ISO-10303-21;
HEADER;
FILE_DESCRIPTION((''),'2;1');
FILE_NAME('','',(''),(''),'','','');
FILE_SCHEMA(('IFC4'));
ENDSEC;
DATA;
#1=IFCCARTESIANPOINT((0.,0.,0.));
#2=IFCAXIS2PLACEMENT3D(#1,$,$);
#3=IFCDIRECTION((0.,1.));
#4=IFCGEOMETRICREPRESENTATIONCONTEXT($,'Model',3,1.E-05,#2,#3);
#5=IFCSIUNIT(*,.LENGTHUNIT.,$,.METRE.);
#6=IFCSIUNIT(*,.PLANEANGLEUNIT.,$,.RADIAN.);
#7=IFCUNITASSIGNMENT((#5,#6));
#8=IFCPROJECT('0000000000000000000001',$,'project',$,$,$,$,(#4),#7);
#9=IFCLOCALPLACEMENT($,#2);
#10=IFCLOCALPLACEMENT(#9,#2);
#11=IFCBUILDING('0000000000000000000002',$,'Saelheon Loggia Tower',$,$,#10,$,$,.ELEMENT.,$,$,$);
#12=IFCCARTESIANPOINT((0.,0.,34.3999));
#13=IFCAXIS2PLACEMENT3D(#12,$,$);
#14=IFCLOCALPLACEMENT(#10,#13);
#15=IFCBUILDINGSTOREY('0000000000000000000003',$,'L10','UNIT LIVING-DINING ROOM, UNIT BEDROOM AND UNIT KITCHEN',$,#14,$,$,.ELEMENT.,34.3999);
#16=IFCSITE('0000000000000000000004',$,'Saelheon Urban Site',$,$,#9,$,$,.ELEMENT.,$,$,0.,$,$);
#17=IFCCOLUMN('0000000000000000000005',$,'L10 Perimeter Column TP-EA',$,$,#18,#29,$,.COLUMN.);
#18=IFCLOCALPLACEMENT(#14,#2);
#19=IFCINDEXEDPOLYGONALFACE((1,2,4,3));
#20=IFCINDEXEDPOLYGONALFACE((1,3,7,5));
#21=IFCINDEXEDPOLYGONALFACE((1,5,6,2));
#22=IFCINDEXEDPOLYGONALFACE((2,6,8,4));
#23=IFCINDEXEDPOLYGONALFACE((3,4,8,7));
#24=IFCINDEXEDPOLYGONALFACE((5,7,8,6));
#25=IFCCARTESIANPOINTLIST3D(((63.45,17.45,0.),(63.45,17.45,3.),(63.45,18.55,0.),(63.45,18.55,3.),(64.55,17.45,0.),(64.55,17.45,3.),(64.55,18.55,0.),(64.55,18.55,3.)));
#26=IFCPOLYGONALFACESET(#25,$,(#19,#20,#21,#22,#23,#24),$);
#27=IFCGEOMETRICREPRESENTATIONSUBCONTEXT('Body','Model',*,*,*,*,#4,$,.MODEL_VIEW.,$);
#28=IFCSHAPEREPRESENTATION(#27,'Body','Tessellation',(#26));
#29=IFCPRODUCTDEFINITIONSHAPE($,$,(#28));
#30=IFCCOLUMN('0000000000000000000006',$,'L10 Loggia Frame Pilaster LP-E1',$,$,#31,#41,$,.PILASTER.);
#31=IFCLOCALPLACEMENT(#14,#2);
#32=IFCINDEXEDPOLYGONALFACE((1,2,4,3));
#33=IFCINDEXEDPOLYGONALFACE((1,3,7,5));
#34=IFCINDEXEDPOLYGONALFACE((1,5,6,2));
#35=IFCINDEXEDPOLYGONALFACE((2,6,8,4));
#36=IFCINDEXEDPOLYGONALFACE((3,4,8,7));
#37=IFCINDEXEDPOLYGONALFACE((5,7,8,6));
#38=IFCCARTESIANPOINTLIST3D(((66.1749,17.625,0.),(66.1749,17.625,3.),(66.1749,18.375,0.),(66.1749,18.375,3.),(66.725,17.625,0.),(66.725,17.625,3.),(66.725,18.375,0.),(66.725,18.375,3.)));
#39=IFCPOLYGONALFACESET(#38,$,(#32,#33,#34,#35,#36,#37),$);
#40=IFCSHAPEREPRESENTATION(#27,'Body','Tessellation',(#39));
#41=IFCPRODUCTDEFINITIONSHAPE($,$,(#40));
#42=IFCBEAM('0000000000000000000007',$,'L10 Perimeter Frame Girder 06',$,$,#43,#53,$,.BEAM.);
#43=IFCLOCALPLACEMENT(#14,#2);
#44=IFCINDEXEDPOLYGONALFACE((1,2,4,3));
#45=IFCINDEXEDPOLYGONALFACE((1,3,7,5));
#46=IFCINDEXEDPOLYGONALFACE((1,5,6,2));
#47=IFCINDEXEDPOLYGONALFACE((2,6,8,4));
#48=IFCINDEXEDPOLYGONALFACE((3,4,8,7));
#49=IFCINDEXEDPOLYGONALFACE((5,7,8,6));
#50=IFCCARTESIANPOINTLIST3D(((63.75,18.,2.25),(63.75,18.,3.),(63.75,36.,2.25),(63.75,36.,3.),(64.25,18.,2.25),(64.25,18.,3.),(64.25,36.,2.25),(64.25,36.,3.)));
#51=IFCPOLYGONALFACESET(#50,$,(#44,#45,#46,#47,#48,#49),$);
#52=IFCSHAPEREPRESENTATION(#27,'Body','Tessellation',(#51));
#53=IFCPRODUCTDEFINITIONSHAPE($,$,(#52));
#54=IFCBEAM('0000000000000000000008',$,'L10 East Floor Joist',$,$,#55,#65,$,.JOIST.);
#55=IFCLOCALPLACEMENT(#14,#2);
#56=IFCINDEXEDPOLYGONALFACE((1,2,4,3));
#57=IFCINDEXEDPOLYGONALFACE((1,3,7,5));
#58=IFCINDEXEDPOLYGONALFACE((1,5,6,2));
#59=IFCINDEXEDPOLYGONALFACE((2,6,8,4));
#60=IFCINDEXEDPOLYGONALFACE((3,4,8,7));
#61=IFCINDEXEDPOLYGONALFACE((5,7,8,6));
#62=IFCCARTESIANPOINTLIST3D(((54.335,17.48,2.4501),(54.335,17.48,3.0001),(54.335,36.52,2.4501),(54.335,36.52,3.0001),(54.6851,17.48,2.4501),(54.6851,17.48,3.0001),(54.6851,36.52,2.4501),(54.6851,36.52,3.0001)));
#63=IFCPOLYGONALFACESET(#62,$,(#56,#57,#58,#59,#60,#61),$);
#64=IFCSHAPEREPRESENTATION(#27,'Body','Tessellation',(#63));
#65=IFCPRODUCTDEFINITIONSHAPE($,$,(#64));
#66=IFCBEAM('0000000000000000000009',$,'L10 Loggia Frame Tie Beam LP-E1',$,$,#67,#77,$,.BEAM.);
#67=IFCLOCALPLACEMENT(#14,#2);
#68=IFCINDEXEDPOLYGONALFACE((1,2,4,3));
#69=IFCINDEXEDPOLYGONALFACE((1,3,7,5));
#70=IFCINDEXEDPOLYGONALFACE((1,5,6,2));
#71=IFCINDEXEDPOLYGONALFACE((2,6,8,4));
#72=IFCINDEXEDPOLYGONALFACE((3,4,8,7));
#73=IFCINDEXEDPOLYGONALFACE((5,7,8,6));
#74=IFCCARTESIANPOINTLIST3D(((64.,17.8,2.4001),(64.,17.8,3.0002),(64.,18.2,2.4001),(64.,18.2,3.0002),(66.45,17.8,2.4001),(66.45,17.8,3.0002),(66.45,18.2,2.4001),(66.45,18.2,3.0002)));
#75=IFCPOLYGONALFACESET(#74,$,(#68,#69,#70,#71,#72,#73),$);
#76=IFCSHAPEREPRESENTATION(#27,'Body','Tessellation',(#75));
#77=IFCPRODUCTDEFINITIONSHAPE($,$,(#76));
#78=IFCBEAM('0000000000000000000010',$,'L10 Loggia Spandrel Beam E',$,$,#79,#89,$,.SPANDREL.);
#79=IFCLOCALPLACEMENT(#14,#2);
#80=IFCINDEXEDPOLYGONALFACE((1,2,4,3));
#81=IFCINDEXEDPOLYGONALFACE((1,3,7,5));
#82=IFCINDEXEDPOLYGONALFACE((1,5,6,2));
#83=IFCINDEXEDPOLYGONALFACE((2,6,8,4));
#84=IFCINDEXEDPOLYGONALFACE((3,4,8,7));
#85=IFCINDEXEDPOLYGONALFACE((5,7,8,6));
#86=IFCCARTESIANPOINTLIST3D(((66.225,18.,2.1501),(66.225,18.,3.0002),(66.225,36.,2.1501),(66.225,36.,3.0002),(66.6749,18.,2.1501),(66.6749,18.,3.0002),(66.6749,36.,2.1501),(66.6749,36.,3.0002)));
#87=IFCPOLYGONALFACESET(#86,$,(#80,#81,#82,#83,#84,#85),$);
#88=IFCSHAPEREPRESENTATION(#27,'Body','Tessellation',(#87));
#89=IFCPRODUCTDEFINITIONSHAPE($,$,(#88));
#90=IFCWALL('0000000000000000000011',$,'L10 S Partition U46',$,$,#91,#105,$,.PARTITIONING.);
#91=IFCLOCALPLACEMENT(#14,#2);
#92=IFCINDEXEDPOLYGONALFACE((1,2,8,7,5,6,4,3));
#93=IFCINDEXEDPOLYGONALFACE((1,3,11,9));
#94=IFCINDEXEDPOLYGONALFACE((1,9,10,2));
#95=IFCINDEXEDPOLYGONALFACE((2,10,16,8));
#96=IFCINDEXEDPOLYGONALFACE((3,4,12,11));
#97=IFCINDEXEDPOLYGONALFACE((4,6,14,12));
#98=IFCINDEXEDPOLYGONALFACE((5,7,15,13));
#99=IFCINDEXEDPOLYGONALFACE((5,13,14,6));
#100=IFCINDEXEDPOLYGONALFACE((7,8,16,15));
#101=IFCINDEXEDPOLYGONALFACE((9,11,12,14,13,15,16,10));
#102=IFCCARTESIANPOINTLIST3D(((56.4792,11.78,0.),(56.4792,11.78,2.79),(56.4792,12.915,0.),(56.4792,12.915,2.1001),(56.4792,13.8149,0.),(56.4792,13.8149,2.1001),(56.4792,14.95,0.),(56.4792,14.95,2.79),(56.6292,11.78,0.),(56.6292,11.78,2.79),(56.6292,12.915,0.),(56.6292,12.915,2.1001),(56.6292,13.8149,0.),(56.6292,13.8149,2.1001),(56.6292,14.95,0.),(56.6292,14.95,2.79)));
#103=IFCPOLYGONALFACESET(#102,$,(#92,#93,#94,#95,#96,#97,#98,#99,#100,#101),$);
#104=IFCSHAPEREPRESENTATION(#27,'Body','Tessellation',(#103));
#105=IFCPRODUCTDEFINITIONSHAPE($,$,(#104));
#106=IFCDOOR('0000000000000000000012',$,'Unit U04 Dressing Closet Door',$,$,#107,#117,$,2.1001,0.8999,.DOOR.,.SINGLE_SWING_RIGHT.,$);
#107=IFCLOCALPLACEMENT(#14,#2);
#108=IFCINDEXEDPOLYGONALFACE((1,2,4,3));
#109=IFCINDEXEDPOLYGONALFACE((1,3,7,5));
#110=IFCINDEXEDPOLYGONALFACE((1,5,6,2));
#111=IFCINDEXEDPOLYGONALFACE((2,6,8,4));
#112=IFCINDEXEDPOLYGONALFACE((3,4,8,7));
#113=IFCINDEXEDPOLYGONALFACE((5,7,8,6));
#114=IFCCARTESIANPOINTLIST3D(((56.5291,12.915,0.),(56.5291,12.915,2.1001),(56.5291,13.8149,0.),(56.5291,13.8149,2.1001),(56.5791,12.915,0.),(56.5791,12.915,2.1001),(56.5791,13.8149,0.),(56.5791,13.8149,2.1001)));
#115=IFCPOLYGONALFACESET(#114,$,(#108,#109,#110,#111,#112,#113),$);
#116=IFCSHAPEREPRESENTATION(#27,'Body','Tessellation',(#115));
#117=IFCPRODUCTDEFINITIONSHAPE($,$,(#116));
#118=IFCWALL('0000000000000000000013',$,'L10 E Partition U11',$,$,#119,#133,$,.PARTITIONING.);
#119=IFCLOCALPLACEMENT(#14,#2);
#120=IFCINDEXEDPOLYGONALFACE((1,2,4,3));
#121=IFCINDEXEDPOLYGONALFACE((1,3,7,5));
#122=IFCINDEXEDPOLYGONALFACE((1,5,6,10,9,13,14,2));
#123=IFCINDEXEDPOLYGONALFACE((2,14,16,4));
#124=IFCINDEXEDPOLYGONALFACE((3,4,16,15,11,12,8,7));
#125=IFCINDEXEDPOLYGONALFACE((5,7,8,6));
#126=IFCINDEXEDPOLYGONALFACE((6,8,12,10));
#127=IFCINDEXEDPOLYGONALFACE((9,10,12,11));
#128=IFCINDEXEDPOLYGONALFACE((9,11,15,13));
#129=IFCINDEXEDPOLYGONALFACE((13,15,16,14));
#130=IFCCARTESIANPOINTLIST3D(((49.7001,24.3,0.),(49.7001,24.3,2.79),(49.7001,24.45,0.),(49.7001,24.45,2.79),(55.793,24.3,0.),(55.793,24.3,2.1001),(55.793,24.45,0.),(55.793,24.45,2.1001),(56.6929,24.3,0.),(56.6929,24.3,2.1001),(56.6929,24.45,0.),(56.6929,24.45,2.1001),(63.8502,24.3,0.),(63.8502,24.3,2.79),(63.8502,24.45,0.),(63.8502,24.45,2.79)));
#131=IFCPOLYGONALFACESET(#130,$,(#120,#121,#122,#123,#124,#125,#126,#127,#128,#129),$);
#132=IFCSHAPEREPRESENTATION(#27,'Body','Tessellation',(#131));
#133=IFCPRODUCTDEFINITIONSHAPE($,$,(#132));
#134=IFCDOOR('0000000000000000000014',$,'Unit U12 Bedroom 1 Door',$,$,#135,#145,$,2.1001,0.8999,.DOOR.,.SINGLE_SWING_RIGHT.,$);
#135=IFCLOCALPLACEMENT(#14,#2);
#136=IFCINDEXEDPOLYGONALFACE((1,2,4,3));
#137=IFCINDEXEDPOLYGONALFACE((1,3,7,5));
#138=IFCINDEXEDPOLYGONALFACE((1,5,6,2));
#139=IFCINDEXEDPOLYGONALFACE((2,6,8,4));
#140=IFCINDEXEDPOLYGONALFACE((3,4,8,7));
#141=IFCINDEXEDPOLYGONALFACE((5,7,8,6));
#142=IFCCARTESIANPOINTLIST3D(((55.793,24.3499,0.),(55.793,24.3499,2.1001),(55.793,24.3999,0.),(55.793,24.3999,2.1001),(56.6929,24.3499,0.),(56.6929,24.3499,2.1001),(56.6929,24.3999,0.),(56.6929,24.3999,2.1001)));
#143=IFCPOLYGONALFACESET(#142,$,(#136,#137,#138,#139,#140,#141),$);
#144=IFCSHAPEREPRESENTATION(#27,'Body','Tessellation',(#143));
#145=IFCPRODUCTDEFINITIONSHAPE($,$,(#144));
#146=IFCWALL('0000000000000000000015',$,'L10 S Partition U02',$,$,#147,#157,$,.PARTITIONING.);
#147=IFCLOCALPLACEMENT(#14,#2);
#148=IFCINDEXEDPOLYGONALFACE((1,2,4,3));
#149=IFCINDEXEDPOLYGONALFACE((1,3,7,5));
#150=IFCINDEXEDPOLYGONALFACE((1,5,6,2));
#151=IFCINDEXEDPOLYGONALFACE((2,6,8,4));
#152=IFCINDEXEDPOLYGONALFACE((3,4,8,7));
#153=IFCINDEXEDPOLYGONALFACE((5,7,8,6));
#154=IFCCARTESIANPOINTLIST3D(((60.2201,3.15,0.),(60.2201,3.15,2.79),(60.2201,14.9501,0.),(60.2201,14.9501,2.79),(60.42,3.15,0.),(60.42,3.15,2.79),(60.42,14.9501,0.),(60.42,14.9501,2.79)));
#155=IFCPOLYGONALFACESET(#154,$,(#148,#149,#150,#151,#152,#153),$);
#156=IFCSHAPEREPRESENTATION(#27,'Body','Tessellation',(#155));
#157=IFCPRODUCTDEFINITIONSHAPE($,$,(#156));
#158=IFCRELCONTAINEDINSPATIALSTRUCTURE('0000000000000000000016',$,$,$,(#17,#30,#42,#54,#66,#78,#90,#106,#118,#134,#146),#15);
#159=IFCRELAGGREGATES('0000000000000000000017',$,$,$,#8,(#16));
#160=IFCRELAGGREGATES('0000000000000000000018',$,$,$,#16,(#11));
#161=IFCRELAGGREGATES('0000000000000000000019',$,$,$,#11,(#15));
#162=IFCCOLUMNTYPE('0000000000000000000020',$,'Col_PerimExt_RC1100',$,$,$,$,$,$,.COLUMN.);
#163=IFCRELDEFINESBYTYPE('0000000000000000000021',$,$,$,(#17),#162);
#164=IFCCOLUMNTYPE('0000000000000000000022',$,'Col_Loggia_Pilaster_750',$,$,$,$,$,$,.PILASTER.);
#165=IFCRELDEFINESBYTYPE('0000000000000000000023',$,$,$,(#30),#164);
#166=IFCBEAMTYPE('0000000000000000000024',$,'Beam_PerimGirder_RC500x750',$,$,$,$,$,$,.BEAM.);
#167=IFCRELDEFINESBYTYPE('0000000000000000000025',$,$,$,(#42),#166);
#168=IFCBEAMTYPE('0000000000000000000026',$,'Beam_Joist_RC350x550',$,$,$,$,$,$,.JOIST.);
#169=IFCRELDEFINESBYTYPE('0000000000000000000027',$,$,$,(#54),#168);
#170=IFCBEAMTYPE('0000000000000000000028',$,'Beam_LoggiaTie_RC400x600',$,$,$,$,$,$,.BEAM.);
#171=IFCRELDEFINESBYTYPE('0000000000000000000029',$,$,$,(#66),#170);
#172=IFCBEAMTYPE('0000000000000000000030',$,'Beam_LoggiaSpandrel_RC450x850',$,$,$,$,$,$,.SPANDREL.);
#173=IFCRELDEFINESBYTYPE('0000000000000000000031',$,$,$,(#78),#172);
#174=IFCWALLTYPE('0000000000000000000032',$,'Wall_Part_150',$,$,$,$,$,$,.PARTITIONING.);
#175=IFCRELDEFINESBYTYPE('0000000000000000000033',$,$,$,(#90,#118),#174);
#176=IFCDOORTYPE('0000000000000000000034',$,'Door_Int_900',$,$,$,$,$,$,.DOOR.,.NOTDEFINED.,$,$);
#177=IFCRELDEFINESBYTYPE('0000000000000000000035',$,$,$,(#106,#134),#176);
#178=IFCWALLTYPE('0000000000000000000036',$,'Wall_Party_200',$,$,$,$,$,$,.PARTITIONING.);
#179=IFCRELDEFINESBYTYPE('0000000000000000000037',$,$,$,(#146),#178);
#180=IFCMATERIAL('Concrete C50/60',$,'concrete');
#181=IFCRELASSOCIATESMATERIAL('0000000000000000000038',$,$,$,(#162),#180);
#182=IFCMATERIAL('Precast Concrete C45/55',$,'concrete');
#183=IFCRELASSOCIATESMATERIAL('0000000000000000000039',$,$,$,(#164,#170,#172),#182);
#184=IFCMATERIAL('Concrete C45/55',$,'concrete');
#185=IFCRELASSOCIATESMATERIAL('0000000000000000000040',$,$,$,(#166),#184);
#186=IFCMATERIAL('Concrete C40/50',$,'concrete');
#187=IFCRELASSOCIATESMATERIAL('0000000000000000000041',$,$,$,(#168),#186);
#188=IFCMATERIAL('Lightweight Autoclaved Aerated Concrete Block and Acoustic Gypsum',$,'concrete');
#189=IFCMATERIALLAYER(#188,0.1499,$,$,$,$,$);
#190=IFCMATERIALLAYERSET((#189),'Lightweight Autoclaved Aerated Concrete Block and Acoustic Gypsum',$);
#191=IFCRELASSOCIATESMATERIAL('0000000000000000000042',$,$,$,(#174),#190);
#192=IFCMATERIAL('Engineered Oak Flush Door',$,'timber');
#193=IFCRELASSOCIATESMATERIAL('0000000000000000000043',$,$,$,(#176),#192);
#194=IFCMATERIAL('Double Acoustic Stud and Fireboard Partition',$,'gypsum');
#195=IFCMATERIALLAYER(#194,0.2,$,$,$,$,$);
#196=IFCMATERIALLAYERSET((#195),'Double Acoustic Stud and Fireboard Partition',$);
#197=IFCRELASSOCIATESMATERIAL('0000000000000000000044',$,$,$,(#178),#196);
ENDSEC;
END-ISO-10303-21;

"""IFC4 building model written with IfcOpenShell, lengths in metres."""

from ifc_helpers import new_model, si_unit, direction, frame, frame_2d, origin, origin_2d, place, context, subcontext, project, spatial, rectangle, extrude, source, transform, mapped, material, layer, layer_set, material_profile, profile_set, type_object, element, fill, save


model = new_model("IFC4")

# Units and contexts
model_context = context("Model", 3, precision=1e-05, world=origin(), true_north=direction((0.0, 1.0)))
body_context = subcontext(model_context, "Body", "Model", "MODEL_VIEW")
ifc_project = project(units=[si_unit("LENGTHUNIT", "METRE"), si_unit("PLANEANGLEUNIT", "RADIAN")], contexts=[model_context])

# Site, building, storey
site_placement = place(None, origin())
site = spatial("IfcSite", under=ifc_project, at=site_placement, Name="Saelheon Urban Site", CompositionType="ELEMENT", RefElevation=0.0)
building_placement = place(site_placement, origin())
building = spatial("IfcBuilding", under=site, at=building_placement, Name="Saelheon Loggia Tower", CompositionType="ELEMENT")
storey_placement = place(building_placement, frame((0.0, 0.0, 34.3999)))
storey = spatial("IfcBuildingStorey", under=building, at=storey_placement, Name="L10", Description="UNIT LIVING-DINING ROOM, UNIT BEDROOM AND UNIT KITCHEN", CompositionType="ELEMENT", Elevation=34.3999)

# Columns
ifc_material_1 = material(Name="Concrete C50/60", Category="concrete")
ifc_material_profile_1 = material_profile(ifc_material_1, rectangle(XDim=1.1001, YDim=1.1001, at=origin_2d()), Name="RC-1100x1100")
ifc_profile_set_1 = profile_set([ifc_material_profile_1], Name="Concrete C50/60")
column_type_1 = type_object("IfcColumnType", Name="Col_PerimExt_RC1100", PredefinedType="COLUMN", material=ifc_profile_set_1)
shared_shape_1 = source(origin(), body_context, "Body", "SweptSolid", [
    extrude(rectangle(XDim=1.1001, YDim=1.1001, at=origin_2d()), origin(), (0.0, 0.0, 1.0), 3.0),
])
column_1_placement = place(storey_placement, frame((64.0, 18.0, 0.0), z_axis=(0.0, 0.0, 1.0), x_axis=(1.0, 0.0, 0.0)))
element("IfcColumn", 1, at=column_1_placement, inside=storey, type_object=column_type_1, Name="L10 Perimeter Column TP-EA", PredefinedType="COLUMN", context=body_context, shape_type="MappedRepresentation", body=[
    mapped(shared_shape_1, transform((0.0, 0.0, 0.0), scale=1.0)),
])
ifc_material_2 = material(Name="Precast Concrete C45/55", Category="concrete")
ifc_material_profile_2 = material_profile(ifc_material_2, rectangle(XDim=0.55, YDim=0.75, at=origin_2d()), Name="RC-550x750")
ifc_profile_set_2 = profile_set([ifc_material_profile_2], Name="Precast Concrete C45/55")
column_type_2 = type_object("IfcColumnType", Name="Col_Loggia_Pilaster_750", PredefinedType="PILASTER", material=ifc_profile_set_2)
shared_shape_2 = source(origin(), body_context, "Body", "SweptSolid", [
    extrude(rectangle(XDim=0.55, YDim=0.75, at=origin_2d()), origin(), (0.0, 0.0, 1.0), 3.0),
])
column_2_placement = place(storey_placement, frame((66.45, 18.0, 0.0), z_axis=(0.0, 0.0, 1.0), x_axis=(1.0, 0.0, 0.0)))
element("IfcColumn", 2, at=column_2_placement, inside=storey, type_object=column_type_2, Name="L10 Loggia Frame Pilaster LP-E1", PredefinedType="PILASTER", context=body_context, shape_type="MappedRepresentation", body=[
    mapped(shared_shape_2, transform((0.0, 0.0, 0.0), scale=1.0)),
])

# Beams
ifc_material_3 = material(Name="Concrete C45/55", Category="concrete")
ifc_material_profile_3 = material_profile(ifc_material_3, rectangle(XDim=0.5, YDim=0.75, at=origin_2d()), Name="RC-500x750")
ifc_profile_set_3 = profile_set([ifc_material_profile_3], Name="Concrete C45/55")
beam_type_1 = type_object("IfcBeamType", Name="Beam_PerimGirder_RC500x750", PredefinedType="BEAM", material=ifc_profile_set_3)
shared_shape_3 = source(origin(), body_context, "Body", "SweptSolid", [
    extrude(rectangle(XDim=0.5, YDim=0.75, at=origin_2d()), origin(), (0.0, 0.0, 1.0), 18.0),
])
beam_1_placement = place(storey_placement, frame((64.0, 18.0, 2.625), z_axis=(0.0, 1.0, 0.0), x_axis=(-1.0, 0.0, 0.0)))
element("IfcBeam", 3, at=beam_1_placement, inside=storey, type_object=beam_type_1, Name="L10 Perimeter Frame Girder 06", PredefinedType="BEAM", context=body_context, shape_type="MappedRepresentation", body=[
    mapped(shared_shape_3, transform((0.0, 0.0, 0.0), scale=1.0)),
])
ifc_material_4 = material(Name="Concrete C40/50", Category="concrete")
ifc_material_profile_4 = material_profile(ifc_material_4, rectangle(XDim=0.3501, YDim=0.55, at=origin_2d()), Name="RC-350x550")
ifc_profile_set_4 = profile_set([ifc_material_profile_4], Name="Concrete C40/50")
beam_type_2 = type_object("IfcBeamType", Name="Beam_Joist_RC350x550", PredefinedType="JOIST", material=ifc_profile_set_4)
shared_shape_4 = source(origin(), body_context, "Body", "SweptSolid", [
    extrude(rectangle(XDim=0.3501, YDim=0.55, at=origin_2d()), origin(), (0.0, 0.0, 1.0), 19.04),
])
beam_2_placement = place(storey_placement, frame((54.51, 17.48, 2.7251), z_axis=(0.0, 1.0, 0.0), x_axis=(-1.0, 0.0, 0.0)))
element("IfcBeam", 4, at=beam_2_placement, inside=storey, type_object=beam_type_2, Name="L10 East Floor Joist", PredefinedType="JOIST", context=body_context, shape_type="MappedRepresentation", body=[
    mapped(shared_shape_4, transform((0.0, 0.0, 0.0), scale=1.0)),
])
ifc_material_profile_5 = material_profile(ifc_material_2, rectangle(XDim=0.3999, YDim=0.6001, at=origin_2d()), Name="RC-400x600")
ifc_profile_set_5 = profile_set([ifc_material_profile_5], Name="Precast Concrete C45/55")
beam_type_3 = type_object("IfcBeamType", Name="Beam_LoggiaTie_RC400x600", PredefinedType="BEAM", material=ifc_profile_set_5)
shared_shape_5 = source(origin(), body_context, "Body", "SweptSolid", [
    extrude(rectangle(XDim=0.3999, YDim=0.6001, at=origin_2d()), origin(), (0.0, 0.0, 1.0), 2.45),
])
beam_3_placement = place(storey_placement, frame((64.0, 18.0, 2.7002), z_axis=(1.0, 0.0, 0.0), x_axis=(0.0, 1.0, 0.0)))
element("IfcBeam", 5, at=beam_3_placement, inside=storey, type_object=beam_type_3, Name="L10 Loggia Frame Tie Beam LP-E1", PredefinedType="BEAM", context=body_context, shape_type="MappedRepresentation", body=[
    mapped(shared_shape_5, transform((0.0, 0.0, 0.0), scale=1.0)),
])
ifc_material_profile_6 = material_profile(ifc_material_2, rectangle(XDim=0.45, YDim=0.8501, at=origin_2d()), Name="RC-450x850")
ifc_profile_set_6 = profile_set([ifc_material_profile_6], Name="Precast Concrete C45/55")
beam_type_4 = type_object("IfcBeamType", Name="Beam_LoggiaSpandrel_RC450x850", PredefinedType="SPANDREL", material=ifc_profile_set_6)
shared_shape_6 = source(origin(), body_context, "Body", "SweptSolid", [
    extrude(rectangle(XDim=0.45, YDim=0.8501, at=origin_2d()), origin(), (0.0, 0.0, 1.0), 18.0),
])
beam_4_placement = place(storey_placement, frame((66.45, 18.0, 2.5752), z_axis=(0.0, 1.0, 0.0), x_axis=(-1.0, 0.0, 0.0)))
element("IfcBeam", 6, at=beam_4_placement, inside=storey, type_object=beam_type_4, Name="L10 Loggia Spandrel Beam E", PredefinedType="SPANDREL", context=body_context, shape_type="MappedRepresentation", body=[
    mapped(shared_shape_6, transform((0.0, 0.0, 0.0), scale=1.0)),
])

# Walls, openings, doors
ifc_material_5 = material(Name="Lightweight Autoclaved Aerated Concrete Block and Acoustic Gypsum", Category="concrete")
ifc_layer_1 = layer(ifc_material_5, 0.1499)
ifc_layer_set_1 = layer_set([ifc_layer_1], Name="Lightweight Autoclaved Aerated Concrete Block and Acoustic Gypsum")
wall_type_1 = type_object("IfcWallType", Name="Wall_Part_150", PredefinedType="PARTITIONING", material=ifc_layer_set_1)
wall_1_placement = place(storey_placement, frame((56.5542, 14.95, 0.0), z_axis=(0.0, 0.0, 1.0), x_axis=(0.0, -1.0, 0.0)))
wall_1 = element("IfcWall", 7, at=wall_1_placement, inside=storey, type_object=wall_type_1, Name="L10 S Partition U46", PredefinedType="PARTITIONING", context=body_context, shape_type="SweptSolid", body=[
    extrude(rectangle(XDim=3.1699, YDim=0.1499, at=frame_2d((1.585, 0.0))), origin(), (0.0, 0.0, 1.0), 2.79),
])
opening_1_placement = place(wall_1_placement, frame((1.135, 0.0, 0.0)))
opening_1 = element("IfcOpeningElement", 8, at=opening_1_placement, cuts=wall_1, PredefinedType="OPENING", context=body_context, shape_type="SweptSolid", body=[
    extrude(rectangle(XDim=0.8999, YDim=2.1001, at=frame_2d((0.45, 1.05))), frame((0.0, 0.0869, 0.0), z_axis=(0.0, -1.0, 0.0), x_axis=(1.0, 0.0, 0.0)), (0.0, 0.0, 1.0), 0.1738),
])
ifc_material_6 = material(Name="Engineered Oak Flush Door", Category="timber")
door_type_1 = type_object("IfcDoorType", Name="Door_Int_900", OperationType="NOTDEFINED", PredefinedType="DOOR", material=ifc_material_6)
shared_shape_7 = source(origin(), body_context, "Body", "SweptSolid", [
    extrude(rectangle(XDim=0.8999, YDim=2.1001, at=frame_2d((0.45, 1.05))), frame((0.0, 0.0249, 0.0), z_axis=(0.0, -1.0, 0.0), x_axis=(1.0, 0.0, 0.0)), (0.0, 0.0, 1.0), 0.05),
])
door_1_placement = place(opening_1_placement, origin())
door_1 = element("IfcDoor", 9, at=door_1_placement, inside=storey, type_object=door_type_1, Name="Unit U04 Dressing Closet Door", OperationType="SINGLE_SWING_RIGHT", OverallHeight=2.1001, OverallWidth=0.8999, PredefinedType="DOOR", context=body_context, shape_type="MappedRepresentation", body=[
    mapped(shared_shape_7, transform((0.0, 0.0, 0.0), scale=1.0)),
])
fill(opening_1, door_1)
wall_2_placement = place(storey_placement, frame((49.7, 24.375, 0.0), z_axis=(0.0, 0.0, 1.0), x_axis=(1.0, 0.0, 0.0)))
wall_2 = element("IfcWall", 10, at=wall_2_placement, inside=storey, type_object=wall_type_1, Name="L10 E Partition U11", PredefinedType="PARTITIONING", context=body_context, shape_type="SweptSolid", body=[
    extrude(rectangle(XDim=14.1501, YDim=0.1499, at=frame_2d((7.0752, 0.0))), origin(), (0.0, 0.0, 1.0), 2.79),
])
opening_2_placement = place(wall_2_placement, frame((6.093, 0.0, 0.0)))
opening_2 = element("IfcOpeningElement", 11, at=opening_2_placement, cuts=wall_2, PredefinedType="OPENING", context=body_context, shape_type="SweptSolid", body=[
    extrude(rectangle(XDim=0.8999, YDim=2.1001, at=frame_2d((0.45, 1.05))), frame((0.0, 0.0869, 0.0), z_axis=(0.0, -1.0, 0.0), x_axis=(1.0, 0.0, 0.0)), (0.0, 0.0, 1.0), 0.1738),
])
door_2_placement = place(opening_2_placement, origin())
door_2 = element("IfcDoor", 12, at=door_2_placement, inside=storey, type_object=door_type_1, Name="Unit U12 Bedroom 1 Door", OperationType="SINGLE_SWING_RIGHT", OverallHeight=2.1001, OverallWidth=0.8999, PredefinedType="DOOR", context=body_context, shape_type="MappedRepresentation", body=[
    mapped(shared_shape_7, transform((0.0, 0.0, 0.0), scale=1.0)),
])
fill(opening_2, door_2)

# Wall
ifc_material_7 = material(Name="Double Acoustic Stud and Fireboard Partition", Category="gypsum")
ifc_layer_2 = layer(ifc_material_7, 0.2)
ifc_layer_set_2 = layer_set([ifc_layer_2], Name="Double Acoustic Stud and Fireboard Partition")
wall_type_2 = type_object("IfcWallType", Name="Wall_Party_200", PredefinedType="PARTITIONING", material=ifc_layer_set_2)
wall_3_placement = place(storey_placement, frame((60.3201, 14.95, 0.0), z_axis=(0.0, 0.0, 1.0), x_axis=(0.0, -1.0, 0.0)))
element("IfcWall", 13, at=wall_3_placement, inside=storey, type_object=wall_type_2, Name="L10 S Partition U02", PredefinedType="PARTITIONING", context=body_context, shape_type="SweptSolid", body=[
    extrude(rectangle(XDim=11.8, YDim=0.2, at=frame_2d((5.8999, 0.0))), origin(), (0.0, 0.0, 1.0), 2.79),
])

save(model, "model.ifc")
